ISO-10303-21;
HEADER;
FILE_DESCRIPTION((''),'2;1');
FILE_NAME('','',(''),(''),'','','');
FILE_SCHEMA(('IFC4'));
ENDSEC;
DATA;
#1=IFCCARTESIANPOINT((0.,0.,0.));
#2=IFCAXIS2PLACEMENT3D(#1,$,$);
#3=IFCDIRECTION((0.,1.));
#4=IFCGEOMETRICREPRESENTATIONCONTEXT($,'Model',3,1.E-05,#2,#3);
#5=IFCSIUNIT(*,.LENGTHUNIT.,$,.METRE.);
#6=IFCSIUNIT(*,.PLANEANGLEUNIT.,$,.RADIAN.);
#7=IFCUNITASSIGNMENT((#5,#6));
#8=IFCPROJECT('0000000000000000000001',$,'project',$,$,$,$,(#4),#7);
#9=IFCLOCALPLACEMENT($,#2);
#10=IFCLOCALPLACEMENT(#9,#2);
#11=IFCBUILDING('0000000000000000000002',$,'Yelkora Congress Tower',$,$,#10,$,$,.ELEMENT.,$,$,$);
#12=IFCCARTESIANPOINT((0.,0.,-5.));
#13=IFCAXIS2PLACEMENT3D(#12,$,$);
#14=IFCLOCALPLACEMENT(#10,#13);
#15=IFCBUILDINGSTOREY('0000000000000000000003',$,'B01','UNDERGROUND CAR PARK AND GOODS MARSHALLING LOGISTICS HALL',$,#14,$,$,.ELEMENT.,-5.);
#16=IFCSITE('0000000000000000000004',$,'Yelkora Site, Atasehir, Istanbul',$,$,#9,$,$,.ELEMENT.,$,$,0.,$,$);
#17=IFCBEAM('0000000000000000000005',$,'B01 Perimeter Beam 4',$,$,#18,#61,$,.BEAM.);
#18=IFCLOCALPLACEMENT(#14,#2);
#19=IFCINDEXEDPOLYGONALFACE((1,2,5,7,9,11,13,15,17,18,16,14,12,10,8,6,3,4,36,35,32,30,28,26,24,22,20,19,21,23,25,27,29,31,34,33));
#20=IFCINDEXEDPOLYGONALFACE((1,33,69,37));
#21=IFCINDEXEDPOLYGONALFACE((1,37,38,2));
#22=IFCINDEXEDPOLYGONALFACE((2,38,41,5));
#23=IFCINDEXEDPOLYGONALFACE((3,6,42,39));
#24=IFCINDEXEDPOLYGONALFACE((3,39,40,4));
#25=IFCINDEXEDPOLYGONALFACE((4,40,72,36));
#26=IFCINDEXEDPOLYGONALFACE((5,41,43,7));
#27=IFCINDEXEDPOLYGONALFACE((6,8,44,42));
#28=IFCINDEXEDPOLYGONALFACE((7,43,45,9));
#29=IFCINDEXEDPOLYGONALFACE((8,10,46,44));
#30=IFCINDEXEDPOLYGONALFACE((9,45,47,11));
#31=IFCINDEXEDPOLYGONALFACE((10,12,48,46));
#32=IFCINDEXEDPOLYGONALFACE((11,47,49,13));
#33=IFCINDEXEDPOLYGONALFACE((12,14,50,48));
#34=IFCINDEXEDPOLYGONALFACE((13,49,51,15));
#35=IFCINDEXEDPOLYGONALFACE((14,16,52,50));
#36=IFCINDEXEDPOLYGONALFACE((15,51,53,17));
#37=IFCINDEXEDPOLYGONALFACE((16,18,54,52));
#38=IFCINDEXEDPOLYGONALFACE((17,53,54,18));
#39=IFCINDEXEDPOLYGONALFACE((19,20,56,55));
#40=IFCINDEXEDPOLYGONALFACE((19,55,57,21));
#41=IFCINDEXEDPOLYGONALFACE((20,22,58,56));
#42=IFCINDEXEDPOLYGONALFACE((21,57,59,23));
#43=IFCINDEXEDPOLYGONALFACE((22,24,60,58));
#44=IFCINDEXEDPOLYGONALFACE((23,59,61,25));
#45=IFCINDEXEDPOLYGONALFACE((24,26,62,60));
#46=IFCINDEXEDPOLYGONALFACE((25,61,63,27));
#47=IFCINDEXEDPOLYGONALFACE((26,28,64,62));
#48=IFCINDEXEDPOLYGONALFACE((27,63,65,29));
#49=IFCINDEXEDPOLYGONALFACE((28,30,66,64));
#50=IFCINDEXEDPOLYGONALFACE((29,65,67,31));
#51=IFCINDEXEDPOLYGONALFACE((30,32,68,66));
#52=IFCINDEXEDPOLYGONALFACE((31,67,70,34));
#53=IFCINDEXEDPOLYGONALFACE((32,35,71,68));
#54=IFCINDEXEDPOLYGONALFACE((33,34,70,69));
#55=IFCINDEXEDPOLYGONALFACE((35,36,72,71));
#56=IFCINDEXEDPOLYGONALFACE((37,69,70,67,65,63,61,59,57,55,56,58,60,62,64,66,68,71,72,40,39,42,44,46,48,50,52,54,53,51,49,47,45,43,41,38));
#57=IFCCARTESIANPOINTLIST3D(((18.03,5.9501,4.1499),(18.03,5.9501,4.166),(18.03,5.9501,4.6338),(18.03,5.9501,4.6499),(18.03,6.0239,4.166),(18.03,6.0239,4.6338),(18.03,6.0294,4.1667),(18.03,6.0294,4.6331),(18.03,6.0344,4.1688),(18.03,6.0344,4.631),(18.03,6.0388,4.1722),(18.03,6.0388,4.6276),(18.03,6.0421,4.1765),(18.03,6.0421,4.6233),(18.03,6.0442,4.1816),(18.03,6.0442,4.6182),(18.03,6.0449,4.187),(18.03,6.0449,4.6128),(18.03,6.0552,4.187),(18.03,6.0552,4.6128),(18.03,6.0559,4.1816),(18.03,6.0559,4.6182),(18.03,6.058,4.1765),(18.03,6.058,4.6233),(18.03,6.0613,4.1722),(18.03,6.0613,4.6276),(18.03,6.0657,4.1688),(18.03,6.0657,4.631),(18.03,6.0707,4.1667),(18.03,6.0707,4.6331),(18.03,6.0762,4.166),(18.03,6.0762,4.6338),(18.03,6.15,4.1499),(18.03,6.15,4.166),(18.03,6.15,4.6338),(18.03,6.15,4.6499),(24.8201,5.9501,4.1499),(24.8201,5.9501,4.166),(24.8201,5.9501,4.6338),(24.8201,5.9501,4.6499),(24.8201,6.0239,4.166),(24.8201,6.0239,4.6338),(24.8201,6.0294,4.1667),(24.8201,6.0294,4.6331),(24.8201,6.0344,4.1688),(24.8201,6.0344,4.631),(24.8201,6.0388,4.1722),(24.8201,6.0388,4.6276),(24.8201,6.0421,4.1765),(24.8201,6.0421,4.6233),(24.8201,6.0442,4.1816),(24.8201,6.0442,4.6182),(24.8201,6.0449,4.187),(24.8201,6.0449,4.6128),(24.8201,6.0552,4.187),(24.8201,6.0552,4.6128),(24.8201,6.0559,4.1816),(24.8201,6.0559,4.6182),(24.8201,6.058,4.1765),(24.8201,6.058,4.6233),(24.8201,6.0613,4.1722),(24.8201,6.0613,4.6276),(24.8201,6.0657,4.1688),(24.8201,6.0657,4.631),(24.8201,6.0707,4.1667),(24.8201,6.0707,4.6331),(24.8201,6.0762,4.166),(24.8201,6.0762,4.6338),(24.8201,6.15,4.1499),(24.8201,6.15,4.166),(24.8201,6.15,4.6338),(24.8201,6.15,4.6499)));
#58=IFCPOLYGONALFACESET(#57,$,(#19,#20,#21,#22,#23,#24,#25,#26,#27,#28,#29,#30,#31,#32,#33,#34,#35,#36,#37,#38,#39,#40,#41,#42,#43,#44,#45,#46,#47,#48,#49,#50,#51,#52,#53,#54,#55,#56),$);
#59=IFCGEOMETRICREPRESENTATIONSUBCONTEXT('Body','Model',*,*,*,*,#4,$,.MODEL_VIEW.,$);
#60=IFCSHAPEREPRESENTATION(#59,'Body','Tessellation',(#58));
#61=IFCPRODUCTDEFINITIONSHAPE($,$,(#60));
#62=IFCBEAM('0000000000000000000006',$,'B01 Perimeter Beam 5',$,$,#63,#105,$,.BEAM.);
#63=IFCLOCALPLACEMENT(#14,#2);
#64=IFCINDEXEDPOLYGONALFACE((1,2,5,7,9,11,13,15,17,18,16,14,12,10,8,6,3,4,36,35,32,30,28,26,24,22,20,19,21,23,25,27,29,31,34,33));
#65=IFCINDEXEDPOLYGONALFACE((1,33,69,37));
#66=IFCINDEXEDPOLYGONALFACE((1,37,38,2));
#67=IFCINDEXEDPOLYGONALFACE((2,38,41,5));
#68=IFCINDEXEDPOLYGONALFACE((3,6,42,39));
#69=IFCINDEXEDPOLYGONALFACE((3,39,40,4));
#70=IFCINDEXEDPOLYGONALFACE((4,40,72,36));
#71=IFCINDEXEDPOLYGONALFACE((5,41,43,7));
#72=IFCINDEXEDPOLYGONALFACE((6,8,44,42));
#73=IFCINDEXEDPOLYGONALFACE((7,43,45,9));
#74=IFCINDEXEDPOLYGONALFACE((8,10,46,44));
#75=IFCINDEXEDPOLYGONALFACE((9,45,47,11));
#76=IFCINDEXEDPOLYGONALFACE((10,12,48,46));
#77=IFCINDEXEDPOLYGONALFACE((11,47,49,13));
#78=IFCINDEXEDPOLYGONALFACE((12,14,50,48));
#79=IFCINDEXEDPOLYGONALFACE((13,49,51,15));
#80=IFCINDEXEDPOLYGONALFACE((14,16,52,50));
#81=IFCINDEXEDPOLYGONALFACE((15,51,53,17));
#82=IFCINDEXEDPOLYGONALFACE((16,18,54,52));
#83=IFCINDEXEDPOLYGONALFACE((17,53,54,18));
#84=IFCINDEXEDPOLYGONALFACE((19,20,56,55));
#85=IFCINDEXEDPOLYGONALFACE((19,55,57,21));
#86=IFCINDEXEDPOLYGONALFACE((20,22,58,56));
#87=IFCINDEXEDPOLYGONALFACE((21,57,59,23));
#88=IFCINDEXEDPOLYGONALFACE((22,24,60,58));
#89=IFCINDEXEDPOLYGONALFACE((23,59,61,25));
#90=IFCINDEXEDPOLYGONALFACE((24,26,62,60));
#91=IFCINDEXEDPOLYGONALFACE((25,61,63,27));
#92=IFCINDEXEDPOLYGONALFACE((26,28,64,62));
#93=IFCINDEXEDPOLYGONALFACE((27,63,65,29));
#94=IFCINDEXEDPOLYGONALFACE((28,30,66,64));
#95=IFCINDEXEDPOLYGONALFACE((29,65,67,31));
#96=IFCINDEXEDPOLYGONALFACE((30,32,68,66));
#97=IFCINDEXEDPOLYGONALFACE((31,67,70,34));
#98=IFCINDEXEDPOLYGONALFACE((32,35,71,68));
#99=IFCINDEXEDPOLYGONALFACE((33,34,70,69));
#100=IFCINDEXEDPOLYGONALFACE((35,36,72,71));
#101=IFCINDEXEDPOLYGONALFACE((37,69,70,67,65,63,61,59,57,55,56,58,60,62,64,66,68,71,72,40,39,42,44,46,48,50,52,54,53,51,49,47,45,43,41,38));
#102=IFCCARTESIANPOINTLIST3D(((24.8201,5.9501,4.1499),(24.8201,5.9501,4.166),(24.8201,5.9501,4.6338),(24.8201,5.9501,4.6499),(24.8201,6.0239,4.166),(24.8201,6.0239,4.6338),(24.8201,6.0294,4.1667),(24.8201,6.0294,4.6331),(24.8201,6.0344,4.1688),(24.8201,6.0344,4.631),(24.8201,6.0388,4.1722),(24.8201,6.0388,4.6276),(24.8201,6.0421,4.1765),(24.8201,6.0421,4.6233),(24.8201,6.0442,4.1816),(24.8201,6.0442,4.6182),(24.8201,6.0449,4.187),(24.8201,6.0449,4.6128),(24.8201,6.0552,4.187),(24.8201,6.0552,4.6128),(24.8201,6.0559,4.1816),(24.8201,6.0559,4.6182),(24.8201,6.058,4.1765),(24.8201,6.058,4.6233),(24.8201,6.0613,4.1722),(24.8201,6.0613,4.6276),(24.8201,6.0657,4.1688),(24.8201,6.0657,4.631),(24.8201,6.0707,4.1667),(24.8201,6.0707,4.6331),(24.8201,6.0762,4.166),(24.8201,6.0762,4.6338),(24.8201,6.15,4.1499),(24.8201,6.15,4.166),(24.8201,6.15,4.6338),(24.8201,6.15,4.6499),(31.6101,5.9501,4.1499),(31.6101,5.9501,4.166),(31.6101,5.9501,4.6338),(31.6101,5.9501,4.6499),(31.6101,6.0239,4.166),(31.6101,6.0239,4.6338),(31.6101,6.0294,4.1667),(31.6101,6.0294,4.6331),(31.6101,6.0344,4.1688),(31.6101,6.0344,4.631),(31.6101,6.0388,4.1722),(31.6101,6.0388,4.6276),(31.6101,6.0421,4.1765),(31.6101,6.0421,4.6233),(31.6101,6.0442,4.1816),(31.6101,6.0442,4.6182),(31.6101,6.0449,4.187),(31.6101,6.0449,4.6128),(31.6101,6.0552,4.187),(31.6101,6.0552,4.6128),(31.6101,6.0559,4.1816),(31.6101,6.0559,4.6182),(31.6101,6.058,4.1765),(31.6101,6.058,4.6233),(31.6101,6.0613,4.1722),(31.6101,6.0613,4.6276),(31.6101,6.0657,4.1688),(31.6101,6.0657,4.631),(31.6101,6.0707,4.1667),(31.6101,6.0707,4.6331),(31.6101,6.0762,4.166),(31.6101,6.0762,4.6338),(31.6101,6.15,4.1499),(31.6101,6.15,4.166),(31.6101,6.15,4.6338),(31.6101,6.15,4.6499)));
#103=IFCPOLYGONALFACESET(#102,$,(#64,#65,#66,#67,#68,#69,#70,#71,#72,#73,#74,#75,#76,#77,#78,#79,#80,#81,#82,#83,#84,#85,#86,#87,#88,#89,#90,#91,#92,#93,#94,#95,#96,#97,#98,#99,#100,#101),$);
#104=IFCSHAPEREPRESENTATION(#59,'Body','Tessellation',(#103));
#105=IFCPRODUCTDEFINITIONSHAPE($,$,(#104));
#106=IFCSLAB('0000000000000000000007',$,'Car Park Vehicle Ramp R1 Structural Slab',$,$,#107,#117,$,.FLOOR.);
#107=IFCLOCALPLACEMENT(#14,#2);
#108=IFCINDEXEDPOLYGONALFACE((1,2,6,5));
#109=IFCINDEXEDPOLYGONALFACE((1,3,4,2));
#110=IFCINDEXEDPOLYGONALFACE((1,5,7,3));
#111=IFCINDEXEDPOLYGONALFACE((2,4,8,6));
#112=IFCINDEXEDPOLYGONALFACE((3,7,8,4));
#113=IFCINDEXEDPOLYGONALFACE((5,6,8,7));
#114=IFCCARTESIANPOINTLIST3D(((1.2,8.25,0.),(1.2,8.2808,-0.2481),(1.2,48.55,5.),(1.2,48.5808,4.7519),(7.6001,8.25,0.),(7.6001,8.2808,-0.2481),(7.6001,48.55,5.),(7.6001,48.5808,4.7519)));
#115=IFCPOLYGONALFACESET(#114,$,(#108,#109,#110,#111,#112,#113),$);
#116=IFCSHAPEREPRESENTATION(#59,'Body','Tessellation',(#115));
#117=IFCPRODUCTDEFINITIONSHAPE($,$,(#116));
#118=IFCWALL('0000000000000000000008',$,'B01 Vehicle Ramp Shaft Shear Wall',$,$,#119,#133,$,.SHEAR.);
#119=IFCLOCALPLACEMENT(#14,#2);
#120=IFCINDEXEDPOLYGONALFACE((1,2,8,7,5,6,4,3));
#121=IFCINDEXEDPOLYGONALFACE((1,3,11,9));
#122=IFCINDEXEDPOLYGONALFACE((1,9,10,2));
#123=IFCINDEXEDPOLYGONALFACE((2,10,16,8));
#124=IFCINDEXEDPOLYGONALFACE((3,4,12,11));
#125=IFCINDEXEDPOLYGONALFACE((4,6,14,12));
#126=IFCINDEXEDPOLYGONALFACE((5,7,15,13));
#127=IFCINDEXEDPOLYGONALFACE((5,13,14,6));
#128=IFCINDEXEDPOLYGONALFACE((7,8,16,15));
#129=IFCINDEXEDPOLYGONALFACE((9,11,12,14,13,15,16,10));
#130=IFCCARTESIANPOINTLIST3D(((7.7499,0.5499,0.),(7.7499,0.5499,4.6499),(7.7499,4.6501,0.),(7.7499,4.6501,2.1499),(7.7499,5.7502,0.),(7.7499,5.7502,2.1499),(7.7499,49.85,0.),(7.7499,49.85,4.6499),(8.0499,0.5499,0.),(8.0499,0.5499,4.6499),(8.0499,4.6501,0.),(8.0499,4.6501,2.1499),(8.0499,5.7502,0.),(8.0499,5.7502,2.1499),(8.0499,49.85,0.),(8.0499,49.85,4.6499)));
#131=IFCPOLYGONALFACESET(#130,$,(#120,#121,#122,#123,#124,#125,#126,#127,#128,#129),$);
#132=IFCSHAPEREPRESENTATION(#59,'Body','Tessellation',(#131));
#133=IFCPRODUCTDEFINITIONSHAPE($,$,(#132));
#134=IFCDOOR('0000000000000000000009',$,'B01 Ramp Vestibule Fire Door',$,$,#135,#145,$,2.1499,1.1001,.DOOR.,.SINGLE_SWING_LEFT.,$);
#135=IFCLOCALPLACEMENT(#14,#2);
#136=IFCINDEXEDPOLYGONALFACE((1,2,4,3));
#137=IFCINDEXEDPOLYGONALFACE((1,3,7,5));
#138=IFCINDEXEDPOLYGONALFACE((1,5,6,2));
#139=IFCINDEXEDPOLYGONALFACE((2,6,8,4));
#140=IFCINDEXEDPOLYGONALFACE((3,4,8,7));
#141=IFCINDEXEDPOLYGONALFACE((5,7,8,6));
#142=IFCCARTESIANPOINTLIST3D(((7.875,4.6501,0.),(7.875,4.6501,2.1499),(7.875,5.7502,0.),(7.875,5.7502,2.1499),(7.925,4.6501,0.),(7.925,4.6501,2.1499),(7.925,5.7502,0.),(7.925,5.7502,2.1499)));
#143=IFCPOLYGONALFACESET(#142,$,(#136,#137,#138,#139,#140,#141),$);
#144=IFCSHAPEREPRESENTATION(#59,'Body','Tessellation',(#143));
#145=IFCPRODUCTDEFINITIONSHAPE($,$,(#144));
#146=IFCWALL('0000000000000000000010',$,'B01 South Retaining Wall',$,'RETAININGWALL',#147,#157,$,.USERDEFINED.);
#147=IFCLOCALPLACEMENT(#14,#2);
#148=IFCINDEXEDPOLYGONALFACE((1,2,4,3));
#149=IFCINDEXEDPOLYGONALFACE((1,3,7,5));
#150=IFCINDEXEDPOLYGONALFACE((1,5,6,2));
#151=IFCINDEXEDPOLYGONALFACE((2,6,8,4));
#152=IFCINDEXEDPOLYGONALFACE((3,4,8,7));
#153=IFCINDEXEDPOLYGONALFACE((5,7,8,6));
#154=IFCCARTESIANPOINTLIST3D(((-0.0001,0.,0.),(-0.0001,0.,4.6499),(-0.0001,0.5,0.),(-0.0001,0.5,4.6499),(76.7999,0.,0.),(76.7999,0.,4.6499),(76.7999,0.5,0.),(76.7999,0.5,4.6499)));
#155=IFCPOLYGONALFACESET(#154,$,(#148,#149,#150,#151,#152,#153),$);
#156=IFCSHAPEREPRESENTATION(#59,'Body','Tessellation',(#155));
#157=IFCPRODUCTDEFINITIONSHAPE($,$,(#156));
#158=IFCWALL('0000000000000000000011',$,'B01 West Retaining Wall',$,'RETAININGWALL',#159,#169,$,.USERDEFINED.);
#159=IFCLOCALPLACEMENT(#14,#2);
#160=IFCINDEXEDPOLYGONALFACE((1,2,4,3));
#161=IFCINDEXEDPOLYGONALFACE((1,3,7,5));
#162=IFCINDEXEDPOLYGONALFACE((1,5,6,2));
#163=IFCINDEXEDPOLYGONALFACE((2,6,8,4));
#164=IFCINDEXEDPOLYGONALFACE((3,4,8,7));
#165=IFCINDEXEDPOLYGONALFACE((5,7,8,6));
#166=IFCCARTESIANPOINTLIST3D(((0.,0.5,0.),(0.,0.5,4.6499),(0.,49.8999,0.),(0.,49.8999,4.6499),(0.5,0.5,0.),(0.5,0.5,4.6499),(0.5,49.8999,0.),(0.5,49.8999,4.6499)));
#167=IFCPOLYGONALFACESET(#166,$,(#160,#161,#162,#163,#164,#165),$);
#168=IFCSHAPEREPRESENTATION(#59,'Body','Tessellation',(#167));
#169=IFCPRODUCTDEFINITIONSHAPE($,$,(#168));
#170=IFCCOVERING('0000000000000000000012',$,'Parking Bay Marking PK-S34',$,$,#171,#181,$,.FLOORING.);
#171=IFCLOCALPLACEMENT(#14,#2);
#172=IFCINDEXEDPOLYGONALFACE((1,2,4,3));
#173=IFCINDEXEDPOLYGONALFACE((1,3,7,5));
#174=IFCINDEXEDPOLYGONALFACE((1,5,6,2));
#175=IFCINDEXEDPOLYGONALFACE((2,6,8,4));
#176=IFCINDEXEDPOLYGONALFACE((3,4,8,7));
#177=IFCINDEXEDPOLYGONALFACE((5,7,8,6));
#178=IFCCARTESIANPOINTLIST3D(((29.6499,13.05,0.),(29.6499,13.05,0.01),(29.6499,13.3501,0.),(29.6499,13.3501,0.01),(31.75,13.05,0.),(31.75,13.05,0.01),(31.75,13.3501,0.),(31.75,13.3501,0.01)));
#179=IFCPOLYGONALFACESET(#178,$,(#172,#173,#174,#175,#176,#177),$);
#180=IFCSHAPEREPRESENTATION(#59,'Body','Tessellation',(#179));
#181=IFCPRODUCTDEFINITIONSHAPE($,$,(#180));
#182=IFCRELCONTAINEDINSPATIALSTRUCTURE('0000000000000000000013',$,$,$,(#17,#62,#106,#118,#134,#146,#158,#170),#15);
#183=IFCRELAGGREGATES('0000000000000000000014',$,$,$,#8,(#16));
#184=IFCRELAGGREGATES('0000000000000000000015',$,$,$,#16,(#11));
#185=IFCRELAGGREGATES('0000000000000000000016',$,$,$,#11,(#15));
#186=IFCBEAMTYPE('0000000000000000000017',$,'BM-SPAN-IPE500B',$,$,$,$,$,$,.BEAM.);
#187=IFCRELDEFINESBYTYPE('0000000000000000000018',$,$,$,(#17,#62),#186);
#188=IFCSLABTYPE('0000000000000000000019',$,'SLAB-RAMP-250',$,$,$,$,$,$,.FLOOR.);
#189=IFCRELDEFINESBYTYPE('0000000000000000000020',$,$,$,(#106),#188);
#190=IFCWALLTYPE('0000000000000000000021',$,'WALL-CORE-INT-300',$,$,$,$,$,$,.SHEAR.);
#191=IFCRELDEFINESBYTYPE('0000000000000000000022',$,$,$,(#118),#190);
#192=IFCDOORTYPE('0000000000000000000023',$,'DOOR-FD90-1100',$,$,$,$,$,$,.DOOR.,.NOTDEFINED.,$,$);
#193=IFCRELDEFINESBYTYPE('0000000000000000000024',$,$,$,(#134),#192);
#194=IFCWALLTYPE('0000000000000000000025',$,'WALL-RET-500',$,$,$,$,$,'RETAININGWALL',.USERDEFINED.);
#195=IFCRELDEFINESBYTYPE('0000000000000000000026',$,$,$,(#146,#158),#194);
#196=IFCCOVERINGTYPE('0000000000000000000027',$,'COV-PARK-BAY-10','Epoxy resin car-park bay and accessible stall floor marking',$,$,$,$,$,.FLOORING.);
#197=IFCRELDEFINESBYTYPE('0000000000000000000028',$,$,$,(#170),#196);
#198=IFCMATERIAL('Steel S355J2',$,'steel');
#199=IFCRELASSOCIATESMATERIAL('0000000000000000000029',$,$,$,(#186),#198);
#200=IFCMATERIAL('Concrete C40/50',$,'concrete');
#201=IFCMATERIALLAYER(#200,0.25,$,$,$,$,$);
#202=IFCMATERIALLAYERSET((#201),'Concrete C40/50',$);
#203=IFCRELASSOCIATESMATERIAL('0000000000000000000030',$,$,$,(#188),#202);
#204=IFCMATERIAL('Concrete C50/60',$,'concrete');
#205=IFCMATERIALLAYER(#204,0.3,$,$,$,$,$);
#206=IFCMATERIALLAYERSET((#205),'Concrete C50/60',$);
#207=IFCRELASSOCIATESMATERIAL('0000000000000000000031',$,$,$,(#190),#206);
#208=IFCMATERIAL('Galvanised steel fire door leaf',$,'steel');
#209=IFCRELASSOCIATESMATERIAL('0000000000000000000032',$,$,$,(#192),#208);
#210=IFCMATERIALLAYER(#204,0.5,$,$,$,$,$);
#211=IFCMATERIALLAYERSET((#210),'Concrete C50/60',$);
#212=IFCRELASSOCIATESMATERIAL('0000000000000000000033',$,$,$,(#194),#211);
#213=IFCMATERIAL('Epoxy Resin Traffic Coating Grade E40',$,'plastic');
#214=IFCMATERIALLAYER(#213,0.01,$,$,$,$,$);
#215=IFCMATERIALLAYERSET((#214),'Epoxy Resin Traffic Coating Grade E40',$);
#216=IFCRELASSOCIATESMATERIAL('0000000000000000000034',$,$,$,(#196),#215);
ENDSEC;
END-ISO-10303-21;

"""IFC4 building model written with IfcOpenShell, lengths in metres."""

from ifc_helpers import new_model, si_unit, direction, frame, frame_2d, origin, origin_2d, place, context, subcontext, project, spatial, polyline, rectangle, i_section, outline, extrude, material, layer, layer_set, material_profile, profile_set, type_object, element, fill, save


model = new_model("IFC4")

# Units and contexts
model_context = context("Model", 3, precision=1e-05, world=origin(), true_north=direction((0.0, 1.0)))
body_context = subcontext(model_context, "Body", "Model", "MODEL_VIEW")
ifc_project = project(units=[si_unit("LENGTHUNIT", "METRE"), si_unit("PLANEANGLEUNIT", "RADIAN")], contexts=[model_context])

# Site, building, storey
site_placement = place(None, origin())
site = spatial("IfcSite", under=ifc_project, at=site_placement, Name="Yelkora Site, Atasehir, Istanbul", CompositionType="ELEMENT", RefElevation=0.0)
building_placement = place(site_placement, origin())
building = spatial("IfcBuilding", under=site, at=building_placement, Name="Yelkora Congress Tower", CompositionType="ELEMENT")
storey_placement = place(building_placement, frame((0.0, 0.0, -5.0)))
storey = spatial("IfcBuildingStorey", under=building, at=storey_placement, Name="B01", Description="UNDERGROUND CAR PARK AND GOODS MARSHALLING LOGISTICS HALL", CompositionType="ELEMENT", Elevation=-5.0)

# Shared definitions
ifc_material_1 = material(Name="Concrete C50/60", Category="concrete")

# Beams
ifc_material_2 = material(Name="Steel S355J2", Category="steel")
ifc_material_profile_1 = material_profile(ifc_material_2, i_section(OverallWidth=0.2, OverallDepth=0.5, WebThickness=0.0103, FlangeThickness=0.0161, FilletRadius=0.021, at=origin_2d()), Name="IPE 500")
ifc_profile_set_1 = profile_set([ifc_material_profile_1], Name="Steel S355J2")
beam_type_1 = type_object("IfcBeamType", Name="BM-SPAN-IPE500B", PredefinedType="BEAM", material=ifc_profile_set_1)
for number, where, z_axis, x_axis, name in (
    (1, (18.03, 6.05, 4.3999), (1.0, 0.0, 0.0), (0.0, 1.0, 0.0), "B01 Perimeter Beam 4"),
    (2, (24.8201, 6.05, 4.3999), (1.0, 0.0, 0.0), (0.0, 1.0, 0.0), "B01 Perimeter Beam 5"),
):
    element("IfcBeam", number, at=place(storey_placement, frame(where, z_axis=z_axis, x_axis=x_axis)), inside=storey, type_object=beam_type_1, Name=name, PredefinedType="BEAM", context=body_context, shape_type="SweptSolid", body=[
        extrude(i_section(OverallWidth=0.2, OverallDepth=0.5, WebThickness=0.0103, FlangeThickness=0.0161, FilletRadius=0.021, at=origin_2d()), origin(), (0.0, 0.0, 1.0), 6.79),
    ])

# Slab
ifc_material_3 = material(Name="Concrete C40/50", Category="concrete")
ifc_layer_1 = layer(ifc_material_3, 0.25)
ifc_layer_set_1 = layer_set([ifc_layer_1], Name="Concrete C40/50")
slab_type = type_object("IfcSlabType", Name="SLAB-RAMP-250", PredefinedType="FLOOR", material=ifc_layer_set_1)
slab_placement = place(storey_placement, frame((1.2, 8.25, 0.0), z_axis=(0.0, -0.123125, 0.992391), x_axis=(1.0, 0.0, 0.0)))
element("IfcSlab", 3, at=slab_placement, inside=storey, type_object=slab_type, Name="Car Park Vehicle Ramp R1 Structural Slab", PredefinedType="FLOOR", context=body_context, shape_type="SweptSolid", body=[
    extrude(outline(polyline([(0.0, 0.0), (6.4001, 0.0), (6.4001, 40.609), (0.0, 40.609), (0.0, 0.0)])), origin(), (0.0, 0.0, -1.0), 0.25),
])

# Wall, opening, door
ifc_layer_2 = layer(ifc_material_1, 0.3)
ifc_layer_set_2 = layer_set([ifc_layer_2], Name="Concrete C50/60")
wall_type_1 = type_object("IfcWallType", Name="WALL-CORE-INT-300", PredefinedType="SHEAR", material=ifc_layer_set_2)
wall_1_placement = place(storey_placement, frame((7.8999, 0.55, 0.0), z_axis=(0.0, 0.0, 1.0), x_axis=(0.0, 1.0, 0.0)))
wall_1 = element("IfcWall", 4, at=wall_1_placement, inside=storey, type_object=wall_type_1, Name="B01 Vehicle Ramp Shaft Shear Wall", PredefinedType="SHEAR", context=body_context, shape_type="SweptSolid", body=[
    extrude(rectangle(XDim=49.3, YDim=0.3, at=frame_2d((24.6499, 0.0))), origin(), (0.0, 0.0, 1.0), 4.6499),
])
opening_placement = place(wall_1_placement, frame((4.1001, 0.0, 0.0)))
opening = element("IfcOpeningElement", 5, at=opening_placement, cuts=wall_1, PredefinedType="OPENING", context=body_context, shape_type="SweptSolid", body=[
    extrude(rectangle(XDim=1.1001, YDim=2.1499, at=frame_2d((0.55, 1.075))), frame((0.0, 0.1599, 0.0), z_axis=(0.0, -1.0, 0.0), x_axis=(1.0, 0.0, 0.0)), (0.0, 0.0, 1.0), 0.3201),
])
ifc_material_4 = material(Name="Galvanised steel fire door leaf", Category="steel")
door_type = type_object("IfcDoorType", Name="DOOR-FD90-1100", OperationType="NOTDEFINED", PredefinedType="DOOR", material=ifc_material_4)
door_placement = place(opening_placement, origin())
door = element("IfcDoor", 6, at=door_placement, inside=storey, type_object=door_type, Name="B01 Ramp Vestibule Fire Door", OperationType="SINGLE_SWING_LEFT", OverallHeight=2.1499, OverallWidth=1.1001, PredefinedType="DOOR", context=body_context, shape_type="SweptSolid", body=[
    extrude(rectangle(XDim=1.1001, YDim=2.1499, at=frame_2d((0.55, 1.075))), frame((0.0, 0.0249, 0.0), z_axis=(0.0, -1.0, 0.0), x_axis=(1.0, 0.0, 0.0)), (0.0, 0.0, 1.0), 0.05),
])
fill(opening, door)

# Walls
ifc_layer_3 = layer(ifc_material_1, 0.5)
ifc_layer_set_3 = layer_set([ifc_layer_3], Name="Concrete C50/60")
wall_type_2 = type_object("IfcWallType", Name="WALL-RET-500", ElementType="RETAININGWALL", PredefinedType="USERDEFINED", material=ifc_layer_set_3)
wall_2_placement = place(storey_placement, frame((0.0, 0.25, 0.0), z_axis=(0.0, 0.0, 1.0), x_axis=(1.0, 0.0, 0.0)))
element("IfcWall", 7, at=wall_2_placement, inside=storey, type_object=wall_type_2, Name="B01 South Retaining Wall", ObjectType="RETAININGWALL", PredefinedType="USERDEFINED", context=body_context, shape_type="SweptSolid", body=[
    extrude(rectangle(XDim=76.8, YDim=0.5, at=frame_2d((38.3999, 0.0))), origin(), (0.0, 0.0, 1.0), 4.6499),
])
wall_3_placement = place(storey_placement, frame((0.25, 0.5, 0.0), z_axis=(0.0, 0.0, 1.0), x_axis=(0.0, 1.0, 0.0)))
element("IfcWall", 8, at=wall_3_placement, inside=storey, type_object=wall_type_2, Name="B01 West Retaining Wall", ObjectType="RETAININGWALL", PredefinedType="USERDEFINED", context=body_context, shape_type="SweptSolid", body=[
    extrude(rectangle(XDim=49.3999, YDim=0.5, at=frame_2d((24.7, 0.0))), origin(), (0.0, 0.0, 1.0), 4.6499),
])

# Covering
ifc_material_5 = material(Name="Epoxy Resin Traffic Coating Grade E40", Category="plastic")
ifc_layer_4 = layer(ifc_material_5, 0.01)
ifc_layer_set_4 = layer_set([ifc_layer_4], Name="Epoxy Resin Traffic Coating Grade E40")
covering_type = type_object("IfcCoveringType", Name="COV-PARK-BAY-10", Description="Epoxy resin car-park bay and accessible stall floor marking", PredefinedType="FLOORING", material=ifc_layer_set_4)
covering_1_placement = place(storey_placement, origin())
element("IfcCovering", 9, at=covering_1_placement, inside=storey, type_object=covering_type, Name="Parking Bay Marking PK-S34", PredefinedType="FLOORING", context=body_context, shape_type="SweptSolid", body=[
    extrude(outline(polyline([(29.6499, 13.05), (31.75, 13.05), (31.75, 13.3501), (29.6499, 13.3501), (29.6499, 13.05)])), origin(), (0.0, 0.0, 1.0), 0.01),
])

save(model, "model.ifc")
